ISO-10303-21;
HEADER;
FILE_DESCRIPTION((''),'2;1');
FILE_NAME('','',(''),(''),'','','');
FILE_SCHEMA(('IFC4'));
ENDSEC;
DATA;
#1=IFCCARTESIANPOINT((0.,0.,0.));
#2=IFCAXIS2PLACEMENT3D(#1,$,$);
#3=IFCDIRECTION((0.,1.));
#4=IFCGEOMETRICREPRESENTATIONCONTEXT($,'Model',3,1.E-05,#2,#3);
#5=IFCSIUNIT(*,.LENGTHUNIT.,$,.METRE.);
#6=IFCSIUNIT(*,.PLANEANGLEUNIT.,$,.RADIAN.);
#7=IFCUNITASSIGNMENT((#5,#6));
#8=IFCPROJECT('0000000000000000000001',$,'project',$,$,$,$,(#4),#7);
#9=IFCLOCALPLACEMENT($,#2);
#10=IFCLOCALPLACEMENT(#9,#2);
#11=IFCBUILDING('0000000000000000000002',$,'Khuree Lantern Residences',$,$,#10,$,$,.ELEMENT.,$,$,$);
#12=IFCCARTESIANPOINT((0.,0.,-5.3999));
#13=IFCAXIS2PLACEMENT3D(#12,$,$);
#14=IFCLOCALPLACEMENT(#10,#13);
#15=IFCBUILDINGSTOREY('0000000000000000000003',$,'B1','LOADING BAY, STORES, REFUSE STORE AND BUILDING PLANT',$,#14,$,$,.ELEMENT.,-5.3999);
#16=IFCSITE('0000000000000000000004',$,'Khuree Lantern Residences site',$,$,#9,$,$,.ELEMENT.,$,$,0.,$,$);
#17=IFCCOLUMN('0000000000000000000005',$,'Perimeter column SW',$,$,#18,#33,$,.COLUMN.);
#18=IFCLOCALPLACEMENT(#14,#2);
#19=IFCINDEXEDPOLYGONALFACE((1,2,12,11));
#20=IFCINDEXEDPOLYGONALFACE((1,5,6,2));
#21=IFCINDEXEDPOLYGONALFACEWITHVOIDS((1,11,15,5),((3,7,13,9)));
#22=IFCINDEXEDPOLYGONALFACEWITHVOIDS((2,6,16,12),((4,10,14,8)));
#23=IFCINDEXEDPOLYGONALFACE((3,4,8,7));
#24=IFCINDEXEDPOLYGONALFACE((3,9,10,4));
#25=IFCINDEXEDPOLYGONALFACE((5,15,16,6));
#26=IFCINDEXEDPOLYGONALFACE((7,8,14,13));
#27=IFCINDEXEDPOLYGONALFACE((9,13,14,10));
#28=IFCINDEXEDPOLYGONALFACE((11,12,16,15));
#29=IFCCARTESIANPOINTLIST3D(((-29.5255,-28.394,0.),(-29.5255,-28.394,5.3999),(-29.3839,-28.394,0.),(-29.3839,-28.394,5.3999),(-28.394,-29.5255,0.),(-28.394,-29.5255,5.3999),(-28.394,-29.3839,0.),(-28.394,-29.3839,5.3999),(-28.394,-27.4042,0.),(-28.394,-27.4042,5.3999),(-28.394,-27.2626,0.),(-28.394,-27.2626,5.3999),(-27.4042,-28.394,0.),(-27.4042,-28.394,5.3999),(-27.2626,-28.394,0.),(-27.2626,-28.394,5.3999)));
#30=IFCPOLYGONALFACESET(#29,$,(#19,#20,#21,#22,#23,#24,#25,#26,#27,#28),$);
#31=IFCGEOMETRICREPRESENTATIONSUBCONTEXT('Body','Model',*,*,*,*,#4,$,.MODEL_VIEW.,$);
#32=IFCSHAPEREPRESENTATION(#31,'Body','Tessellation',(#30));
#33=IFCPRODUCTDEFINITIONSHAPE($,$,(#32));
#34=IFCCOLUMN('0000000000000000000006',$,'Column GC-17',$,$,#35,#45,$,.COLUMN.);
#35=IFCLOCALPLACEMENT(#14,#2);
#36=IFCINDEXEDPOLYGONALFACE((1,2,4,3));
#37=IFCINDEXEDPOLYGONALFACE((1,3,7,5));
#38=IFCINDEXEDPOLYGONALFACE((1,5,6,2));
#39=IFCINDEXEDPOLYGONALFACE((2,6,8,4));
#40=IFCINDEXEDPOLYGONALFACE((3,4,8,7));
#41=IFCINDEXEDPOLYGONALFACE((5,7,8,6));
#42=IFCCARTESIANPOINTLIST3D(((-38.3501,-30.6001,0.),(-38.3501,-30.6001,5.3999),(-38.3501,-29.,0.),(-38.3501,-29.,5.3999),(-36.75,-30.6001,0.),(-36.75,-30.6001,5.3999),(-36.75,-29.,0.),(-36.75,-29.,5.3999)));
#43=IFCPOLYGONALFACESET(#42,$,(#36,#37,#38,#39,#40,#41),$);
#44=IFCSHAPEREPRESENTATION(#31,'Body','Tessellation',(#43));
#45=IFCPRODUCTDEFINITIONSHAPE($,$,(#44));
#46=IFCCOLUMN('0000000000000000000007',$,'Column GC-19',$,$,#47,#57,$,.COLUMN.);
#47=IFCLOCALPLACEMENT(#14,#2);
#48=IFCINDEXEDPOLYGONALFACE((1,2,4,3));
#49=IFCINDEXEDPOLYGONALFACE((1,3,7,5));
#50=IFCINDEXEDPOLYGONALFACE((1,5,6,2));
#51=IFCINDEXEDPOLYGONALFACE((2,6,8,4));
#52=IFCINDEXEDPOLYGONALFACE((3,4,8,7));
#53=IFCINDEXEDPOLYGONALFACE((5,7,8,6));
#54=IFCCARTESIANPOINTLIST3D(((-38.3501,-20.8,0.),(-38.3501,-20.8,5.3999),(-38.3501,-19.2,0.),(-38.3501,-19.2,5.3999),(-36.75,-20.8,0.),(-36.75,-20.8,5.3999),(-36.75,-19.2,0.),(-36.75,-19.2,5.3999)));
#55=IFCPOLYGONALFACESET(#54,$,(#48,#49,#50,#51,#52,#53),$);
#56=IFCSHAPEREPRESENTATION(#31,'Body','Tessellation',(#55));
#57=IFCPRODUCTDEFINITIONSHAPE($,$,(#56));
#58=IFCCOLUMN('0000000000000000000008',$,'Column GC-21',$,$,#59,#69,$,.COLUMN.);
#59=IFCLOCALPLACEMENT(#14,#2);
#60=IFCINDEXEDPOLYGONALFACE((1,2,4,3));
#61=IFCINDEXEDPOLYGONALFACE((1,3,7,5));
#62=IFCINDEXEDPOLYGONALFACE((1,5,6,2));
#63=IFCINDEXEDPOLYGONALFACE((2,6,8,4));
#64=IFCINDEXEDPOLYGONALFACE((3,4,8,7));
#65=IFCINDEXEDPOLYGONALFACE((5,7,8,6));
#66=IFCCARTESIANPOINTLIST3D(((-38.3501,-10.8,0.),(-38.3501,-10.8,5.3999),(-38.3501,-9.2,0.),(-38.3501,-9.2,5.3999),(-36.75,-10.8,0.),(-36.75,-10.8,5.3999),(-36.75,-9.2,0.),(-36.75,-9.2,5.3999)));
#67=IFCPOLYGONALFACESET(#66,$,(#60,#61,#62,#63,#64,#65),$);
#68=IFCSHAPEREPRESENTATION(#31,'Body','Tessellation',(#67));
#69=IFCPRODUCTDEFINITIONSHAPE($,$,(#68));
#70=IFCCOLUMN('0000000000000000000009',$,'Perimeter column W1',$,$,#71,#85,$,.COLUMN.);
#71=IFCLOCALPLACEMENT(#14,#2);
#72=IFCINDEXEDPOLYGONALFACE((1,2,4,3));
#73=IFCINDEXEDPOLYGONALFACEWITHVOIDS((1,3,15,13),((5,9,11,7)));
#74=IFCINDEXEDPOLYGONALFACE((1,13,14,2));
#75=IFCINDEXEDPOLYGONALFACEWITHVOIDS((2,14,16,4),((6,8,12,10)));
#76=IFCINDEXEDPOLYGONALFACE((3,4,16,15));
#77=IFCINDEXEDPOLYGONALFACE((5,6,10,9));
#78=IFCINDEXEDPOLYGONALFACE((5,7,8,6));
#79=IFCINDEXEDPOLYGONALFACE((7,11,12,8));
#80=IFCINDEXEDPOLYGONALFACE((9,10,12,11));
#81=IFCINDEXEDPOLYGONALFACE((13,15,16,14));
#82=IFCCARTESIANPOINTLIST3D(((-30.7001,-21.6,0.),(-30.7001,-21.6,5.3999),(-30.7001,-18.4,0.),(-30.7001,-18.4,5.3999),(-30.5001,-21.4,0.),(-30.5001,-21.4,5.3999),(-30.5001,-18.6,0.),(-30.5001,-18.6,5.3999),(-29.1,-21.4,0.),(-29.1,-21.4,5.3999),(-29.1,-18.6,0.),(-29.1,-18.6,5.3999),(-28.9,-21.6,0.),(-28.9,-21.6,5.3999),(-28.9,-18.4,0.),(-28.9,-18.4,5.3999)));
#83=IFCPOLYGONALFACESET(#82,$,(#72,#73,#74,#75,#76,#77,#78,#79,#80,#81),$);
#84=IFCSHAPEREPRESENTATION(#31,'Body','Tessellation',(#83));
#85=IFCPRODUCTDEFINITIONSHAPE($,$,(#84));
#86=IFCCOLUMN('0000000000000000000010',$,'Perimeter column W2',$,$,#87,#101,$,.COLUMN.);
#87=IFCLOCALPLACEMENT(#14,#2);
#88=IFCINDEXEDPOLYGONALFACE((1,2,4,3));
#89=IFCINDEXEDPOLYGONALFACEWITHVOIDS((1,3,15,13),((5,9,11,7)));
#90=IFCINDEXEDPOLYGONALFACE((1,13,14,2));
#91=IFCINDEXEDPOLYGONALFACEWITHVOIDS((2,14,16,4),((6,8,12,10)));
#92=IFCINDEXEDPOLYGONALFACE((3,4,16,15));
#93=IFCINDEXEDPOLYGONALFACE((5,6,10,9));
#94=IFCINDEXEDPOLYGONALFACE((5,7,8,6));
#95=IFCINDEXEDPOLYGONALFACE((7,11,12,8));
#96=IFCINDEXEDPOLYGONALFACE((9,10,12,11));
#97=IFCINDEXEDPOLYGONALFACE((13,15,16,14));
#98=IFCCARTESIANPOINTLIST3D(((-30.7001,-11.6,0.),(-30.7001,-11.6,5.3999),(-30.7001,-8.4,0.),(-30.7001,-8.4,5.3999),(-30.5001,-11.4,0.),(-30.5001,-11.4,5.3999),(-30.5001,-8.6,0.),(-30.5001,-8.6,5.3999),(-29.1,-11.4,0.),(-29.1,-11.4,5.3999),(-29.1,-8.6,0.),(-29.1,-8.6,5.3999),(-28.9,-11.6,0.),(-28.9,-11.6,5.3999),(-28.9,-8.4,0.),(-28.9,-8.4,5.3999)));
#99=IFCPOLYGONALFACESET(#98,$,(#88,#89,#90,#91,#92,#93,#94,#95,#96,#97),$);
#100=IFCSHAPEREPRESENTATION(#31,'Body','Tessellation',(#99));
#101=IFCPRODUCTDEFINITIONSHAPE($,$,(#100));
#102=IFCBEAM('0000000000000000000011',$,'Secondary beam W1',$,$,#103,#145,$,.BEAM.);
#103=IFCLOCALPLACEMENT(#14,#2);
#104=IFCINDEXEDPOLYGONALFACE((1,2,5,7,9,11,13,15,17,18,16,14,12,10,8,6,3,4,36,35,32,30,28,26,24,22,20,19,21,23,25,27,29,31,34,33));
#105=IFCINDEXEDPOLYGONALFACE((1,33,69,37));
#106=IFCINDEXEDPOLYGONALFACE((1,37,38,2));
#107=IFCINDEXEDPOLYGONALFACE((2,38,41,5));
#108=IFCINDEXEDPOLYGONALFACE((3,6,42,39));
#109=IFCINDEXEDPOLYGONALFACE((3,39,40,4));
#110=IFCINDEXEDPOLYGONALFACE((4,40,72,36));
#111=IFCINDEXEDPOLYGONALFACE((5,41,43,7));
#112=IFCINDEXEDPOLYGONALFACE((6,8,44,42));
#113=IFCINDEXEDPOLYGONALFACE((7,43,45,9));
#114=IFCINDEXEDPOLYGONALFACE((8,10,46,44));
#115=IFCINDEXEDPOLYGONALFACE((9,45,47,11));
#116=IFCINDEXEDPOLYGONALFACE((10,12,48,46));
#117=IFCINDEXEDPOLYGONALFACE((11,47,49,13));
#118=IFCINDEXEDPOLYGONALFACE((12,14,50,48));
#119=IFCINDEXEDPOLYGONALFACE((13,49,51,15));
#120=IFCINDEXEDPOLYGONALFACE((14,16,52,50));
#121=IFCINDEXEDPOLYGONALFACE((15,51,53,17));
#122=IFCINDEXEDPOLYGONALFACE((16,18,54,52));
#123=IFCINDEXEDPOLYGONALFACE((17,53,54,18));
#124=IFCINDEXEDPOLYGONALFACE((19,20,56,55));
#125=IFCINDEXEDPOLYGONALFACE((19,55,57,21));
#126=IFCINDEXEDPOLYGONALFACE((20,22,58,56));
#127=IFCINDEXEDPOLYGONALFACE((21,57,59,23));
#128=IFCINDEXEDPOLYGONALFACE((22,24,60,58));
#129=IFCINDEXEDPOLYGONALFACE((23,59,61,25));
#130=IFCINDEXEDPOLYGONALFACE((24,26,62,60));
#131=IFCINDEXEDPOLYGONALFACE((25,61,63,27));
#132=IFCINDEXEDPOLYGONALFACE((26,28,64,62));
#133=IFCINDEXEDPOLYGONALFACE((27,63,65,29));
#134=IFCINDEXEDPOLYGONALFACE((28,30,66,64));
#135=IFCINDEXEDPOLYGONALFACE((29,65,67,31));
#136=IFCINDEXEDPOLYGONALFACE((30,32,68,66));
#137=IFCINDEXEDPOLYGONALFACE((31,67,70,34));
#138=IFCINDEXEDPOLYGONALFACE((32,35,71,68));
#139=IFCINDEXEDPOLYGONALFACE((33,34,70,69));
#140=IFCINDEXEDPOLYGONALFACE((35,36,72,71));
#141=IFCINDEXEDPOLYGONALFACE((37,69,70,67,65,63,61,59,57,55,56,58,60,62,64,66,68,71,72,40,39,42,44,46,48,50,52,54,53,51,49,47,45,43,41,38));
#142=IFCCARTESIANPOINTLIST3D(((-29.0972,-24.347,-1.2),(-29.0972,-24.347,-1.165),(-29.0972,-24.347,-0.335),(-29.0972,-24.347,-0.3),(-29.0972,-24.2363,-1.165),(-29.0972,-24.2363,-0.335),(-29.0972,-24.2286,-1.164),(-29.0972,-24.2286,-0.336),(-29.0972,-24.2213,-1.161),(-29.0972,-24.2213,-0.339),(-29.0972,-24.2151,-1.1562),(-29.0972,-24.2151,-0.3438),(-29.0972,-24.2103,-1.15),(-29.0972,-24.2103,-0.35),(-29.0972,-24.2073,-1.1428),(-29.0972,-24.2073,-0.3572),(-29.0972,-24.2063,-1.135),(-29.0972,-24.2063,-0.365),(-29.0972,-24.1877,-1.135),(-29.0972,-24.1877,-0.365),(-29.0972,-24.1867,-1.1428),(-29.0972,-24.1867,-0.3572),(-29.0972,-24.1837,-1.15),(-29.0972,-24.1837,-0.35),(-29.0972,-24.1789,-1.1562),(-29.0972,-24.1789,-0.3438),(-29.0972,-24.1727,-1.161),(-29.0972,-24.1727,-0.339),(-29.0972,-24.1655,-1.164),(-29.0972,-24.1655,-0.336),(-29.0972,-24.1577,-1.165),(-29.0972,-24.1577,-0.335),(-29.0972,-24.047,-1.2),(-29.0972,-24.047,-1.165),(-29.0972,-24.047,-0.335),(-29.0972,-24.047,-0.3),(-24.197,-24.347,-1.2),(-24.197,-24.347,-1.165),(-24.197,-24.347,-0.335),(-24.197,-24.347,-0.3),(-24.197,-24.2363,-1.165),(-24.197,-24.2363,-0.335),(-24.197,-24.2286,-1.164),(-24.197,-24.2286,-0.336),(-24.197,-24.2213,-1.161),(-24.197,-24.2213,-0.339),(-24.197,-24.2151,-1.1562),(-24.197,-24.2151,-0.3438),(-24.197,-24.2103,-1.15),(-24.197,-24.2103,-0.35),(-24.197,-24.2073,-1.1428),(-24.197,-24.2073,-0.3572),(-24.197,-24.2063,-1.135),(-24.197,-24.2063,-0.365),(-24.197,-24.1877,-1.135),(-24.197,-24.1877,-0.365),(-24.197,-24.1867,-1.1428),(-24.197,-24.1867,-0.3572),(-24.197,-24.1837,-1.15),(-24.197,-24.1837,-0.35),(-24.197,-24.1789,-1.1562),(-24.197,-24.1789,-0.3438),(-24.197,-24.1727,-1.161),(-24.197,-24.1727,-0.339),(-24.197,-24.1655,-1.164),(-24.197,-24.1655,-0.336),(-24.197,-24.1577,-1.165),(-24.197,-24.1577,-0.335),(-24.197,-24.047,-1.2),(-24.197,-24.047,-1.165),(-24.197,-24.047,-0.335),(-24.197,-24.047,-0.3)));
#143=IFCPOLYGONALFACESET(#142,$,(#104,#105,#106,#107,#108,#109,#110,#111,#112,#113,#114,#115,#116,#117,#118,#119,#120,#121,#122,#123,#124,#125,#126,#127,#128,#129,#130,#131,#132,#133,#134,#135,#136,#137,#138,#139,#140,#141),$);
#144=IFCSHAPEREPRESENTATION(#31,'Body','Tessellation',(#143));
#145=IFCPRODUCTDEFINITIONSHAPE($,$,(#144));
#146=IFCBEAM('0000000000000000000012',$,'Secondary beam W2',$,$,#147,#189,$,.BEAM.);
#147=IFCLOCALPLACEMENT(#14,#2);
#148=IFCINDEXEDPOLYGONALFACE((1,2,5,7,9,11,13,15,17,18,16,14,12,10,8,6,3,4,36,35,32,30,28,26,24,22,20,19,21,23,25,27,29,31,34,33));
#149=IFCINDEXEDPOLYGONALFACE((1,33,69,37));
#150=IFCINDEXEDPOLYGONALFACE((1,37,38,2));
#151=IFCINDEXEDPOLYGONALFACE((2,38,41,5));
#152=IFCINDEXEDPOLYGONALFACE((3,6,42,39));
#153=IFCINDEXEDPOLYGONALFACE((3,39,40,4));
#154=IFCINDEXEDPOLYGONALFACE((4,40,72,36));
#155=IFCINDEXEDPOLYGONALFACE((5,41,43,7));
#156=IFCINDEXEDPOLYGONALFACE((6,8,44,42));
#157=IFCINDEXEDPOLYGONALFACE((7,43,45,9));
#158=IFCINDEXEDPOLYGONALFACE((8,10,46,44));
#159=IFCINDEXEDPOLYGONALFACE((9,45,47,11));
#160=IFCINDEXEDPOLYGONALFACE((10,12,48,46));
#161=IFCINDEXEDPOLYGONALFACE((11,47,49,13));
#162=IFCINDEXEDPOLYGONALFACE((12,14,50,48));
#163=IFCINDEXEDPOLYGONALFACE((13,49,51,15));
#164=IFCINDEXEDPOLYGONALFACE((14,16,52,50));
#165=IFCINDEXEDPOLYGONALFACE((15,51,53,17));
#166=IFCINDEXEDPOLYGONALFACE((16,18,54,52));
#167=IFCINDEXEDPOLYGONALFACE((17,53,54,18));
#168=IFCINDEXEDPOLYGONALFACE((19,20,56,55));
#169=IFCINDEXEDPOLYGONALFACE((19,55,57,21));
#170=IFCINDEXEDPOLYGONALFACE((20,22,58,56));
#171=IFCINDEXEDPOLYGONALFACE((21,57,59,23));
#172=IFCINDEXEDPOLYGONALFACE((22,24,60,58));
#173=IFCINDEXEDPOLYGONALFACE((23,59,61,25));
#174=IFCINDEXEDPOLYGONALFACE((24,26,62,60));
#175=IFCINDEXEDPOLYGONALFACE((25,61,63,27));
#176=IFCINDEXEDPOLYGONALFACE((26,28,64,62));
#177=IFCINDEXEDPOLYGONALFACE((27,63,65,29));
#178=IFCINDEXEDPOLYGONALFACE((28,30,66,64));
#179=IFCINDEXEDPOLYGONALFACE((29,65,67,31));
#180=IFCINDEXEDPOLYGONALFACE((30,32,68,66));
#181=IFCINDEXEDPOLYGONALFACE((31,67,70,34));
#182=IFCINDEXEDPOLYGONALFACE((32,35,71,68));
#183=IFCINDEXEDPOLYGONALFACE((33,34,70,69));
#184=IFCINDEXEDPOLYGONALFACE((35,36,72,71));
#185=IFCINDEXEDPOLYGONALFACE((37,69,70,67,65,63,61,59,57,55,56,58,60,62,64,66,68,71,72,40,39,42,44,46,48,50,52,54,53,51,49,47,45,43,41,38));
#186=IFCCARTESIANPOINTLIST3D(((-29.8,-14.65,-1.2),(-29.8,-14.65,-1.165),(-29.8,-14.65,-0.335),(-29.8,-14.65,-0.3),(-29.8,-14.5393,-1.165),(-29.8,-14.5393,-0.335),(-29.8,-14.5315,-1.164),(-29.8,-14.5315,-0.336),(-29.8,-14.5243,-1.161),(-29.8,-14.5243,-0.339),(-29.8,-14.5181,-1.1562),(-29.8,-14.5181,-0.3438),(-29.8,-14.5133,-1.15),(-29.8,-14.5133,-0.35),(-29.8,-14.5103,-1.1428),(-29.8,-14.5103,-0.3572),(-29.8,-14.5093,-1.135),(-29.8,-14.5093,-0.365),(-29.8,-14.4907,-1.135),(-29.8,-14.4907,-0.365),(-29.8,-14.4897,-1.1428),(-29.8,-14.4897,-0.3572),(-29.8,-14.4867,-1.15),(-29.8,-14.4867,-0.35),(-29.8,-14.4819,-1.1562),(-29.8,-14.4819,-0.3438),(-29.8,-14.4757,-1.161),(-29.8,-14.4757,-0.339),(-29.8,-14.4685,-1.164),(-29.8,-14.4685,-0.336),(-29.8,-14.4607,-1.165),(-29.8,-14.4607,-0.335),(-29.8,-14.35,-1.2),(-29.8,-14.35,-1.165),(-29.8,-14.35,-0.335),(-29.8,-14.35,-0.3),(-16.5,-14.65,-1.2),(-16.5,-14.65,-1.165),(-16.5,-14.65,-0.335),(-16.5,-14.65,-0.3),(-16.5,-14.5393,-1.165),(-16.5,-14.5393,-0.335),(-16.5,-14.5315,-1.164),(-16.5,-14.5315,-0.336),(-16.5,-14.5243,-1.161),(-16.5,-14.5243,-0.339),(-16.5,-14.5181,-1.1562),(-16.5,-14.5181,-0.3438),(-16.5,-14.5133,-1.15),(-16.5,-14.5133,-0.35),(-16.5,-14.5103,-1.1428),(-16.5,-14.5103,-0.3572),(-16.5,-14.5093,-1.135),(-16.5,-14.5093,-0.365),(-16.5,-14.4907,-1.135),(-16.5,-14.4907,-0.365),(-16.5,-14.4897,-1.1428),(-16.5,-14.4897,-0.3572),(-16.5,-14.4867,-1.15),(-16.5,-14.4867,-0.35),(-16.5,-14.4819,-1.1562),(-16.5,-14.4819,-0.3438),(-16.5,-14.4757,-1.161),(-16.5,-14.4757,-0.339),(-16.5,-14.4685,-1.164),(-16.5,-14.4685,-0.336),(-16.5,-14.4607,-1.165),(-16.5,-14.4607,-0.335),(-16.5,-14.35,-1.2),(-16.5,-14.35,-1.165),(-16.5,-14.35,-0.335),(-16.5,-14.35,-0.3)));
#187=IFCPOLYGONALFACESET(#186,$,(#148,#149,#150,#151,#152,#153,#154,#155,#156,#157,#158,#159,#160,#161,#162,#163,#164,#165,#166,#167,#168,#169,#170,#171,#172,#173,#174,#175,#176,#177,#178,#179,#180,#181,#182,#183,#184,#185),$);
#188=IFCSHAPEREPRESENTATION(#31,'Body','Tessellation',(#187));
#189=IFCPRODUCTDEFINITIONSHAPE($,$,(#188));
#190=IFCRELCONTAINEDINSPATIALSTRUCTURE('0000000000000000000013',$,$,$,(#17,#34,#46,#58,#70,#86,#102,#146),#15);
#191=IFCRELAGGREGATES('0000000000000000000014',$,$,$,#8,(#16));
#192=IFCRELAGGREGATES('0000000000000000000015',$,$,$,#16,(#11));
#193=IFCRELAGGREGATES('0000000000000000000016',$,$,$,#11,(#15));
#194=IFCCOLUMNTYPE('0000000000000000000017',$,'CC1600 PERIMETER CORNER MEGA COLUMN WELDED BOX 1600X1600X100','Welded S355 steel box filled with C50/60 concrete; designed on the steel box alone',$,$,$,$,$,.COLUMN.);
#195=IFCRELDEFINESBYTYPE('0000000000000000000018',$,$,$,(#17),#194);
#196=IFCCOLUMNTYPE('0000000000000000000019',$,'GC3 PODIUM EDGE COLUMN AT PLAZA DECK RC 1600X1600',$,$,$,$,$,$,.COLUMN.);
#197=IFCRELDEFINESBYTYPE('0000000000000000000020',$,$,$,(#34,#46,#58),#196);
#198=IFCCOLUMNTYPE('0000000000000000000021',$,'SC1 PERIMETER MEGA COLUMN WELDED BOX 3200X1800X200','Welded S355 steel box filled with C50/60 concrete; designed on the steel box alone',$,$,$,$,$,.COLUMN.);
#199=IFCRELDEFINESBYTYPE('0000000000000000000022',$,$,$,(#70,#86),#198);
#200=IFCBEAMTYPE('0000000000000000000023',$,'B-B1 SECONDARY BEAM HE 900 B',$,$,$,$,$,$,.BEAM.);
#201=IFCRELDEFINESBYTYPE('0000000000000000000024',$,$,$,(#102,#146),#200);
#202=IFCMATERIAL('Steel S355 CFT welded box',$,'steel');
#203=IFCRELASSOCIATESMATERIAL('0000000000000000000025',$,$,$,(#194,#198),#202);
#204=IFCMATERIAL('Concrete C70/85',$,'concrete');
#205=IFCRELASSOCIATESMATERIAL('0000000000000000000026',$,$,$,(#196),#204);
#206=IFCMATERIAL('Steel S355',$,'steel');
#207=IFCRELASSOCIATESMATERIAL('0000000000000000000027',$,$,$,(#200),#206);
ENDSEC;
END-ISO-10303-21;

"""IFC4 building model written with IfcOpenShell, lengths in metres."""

from ifc_helpers import new_model, si_unit, direction, frame, origin, origin_2d, place, context, subcontext, project, spatial, rectangle, hollow_rectangle, i_section, extrude, material, material_profile, profile_set, type_object, element, save


model = new_model("IFC4")

# Units and contexts
model_context = context("Model", 3, precision=1e-05, world=origin(), true_north=direction((0.0, 1.0)))
body_context = subcontext(model_context, "Body", "Model", "MODEL_VIEW")
ifc_project = project(units=[si_unit("LENGTHUNIT", "METRE"), si_unit("PLANEANGLEUNIT", "RADIAN")], contexts=[model_context])

# Site, building, storey
site_placement = place(None, origin())
site = spatial("IfcSite", under=ifc_project, at=site_placement, Name="Khuree Lantern Residences site", CompositionType="ELEMENT", RefElevation=0.0)
building_placement = place(site_placement, origin())
building = spatial("IfcBuilding", under=site, at=building_placement, Name="Khuree Lantern Residences", CompositionType="ELEMENT")
storey_placement = place(building_placement, frame((0.0, 0.0, -5.3999)))
storey = spatial("IfcBuildingStorey", under=building, at=storey_placement, Name="B1", Description="LOADING BAY, STORES, REFUSE STORE AND BUILDING PLANT", CompositionType="ELEMENT", Elevation=-5.3999)

# Columns
ifc_material_1 = material(Name="Steel S355 CFT welded box", Category="steel")
ifc_material_profile_1 = material_profile(ifc_material_1, hollow_rectangle(XDim=1.6001, YDim=1.6001, WallThickness=0.1001, at=origin_2d()), Name="WELDED BOX 1600X1600X100")
ifc_profile_set_1 = profile_set([ifc_material_profile_1], Name="Steel S355 CFT welded box")
column_type_1 = type_object("IfcColumnType", Name="CC1600 PERIMETER CORNER MEGA COLUMN WELDED BOX 1600X1600X100", Description="Welded S355 steel box filled with C50/60 concrete; designed on the steel box alone", PredefinedType="COLUMN", material=ifc_profile_set_1)
column_placement = place(storey_placement, frame((-28.394, -28.394, 0.0), z_axis=(0.0, 0.0, 1.0), x_axis=(0.707107, -0.707107, 0.0)))
element("IfcColumn", 1, at=column_placement, inside=storey, type_object=column_type_1, Name="Perimeter column SW", PredefinedType="COLUMN", context=body_context, shape_type="SweptSolid", body=[
    extrude(hollow_rectangle(XDim=1.6001, YDim=1.6001, WallThickness=0.1001, at=origin_2d()), origin(), (0.0, 0.0, 1.0), 5.3999),
])
ifc_material_2 = material(Name="Concrete C70/85", Category="concrete")
ifc_material_profile_2 = material_profile(ifc_material_2, rectangle(XDim=1.6001, YDim=1.6001, at=origin_2d()), Name="RC 1600X1600")
ifc_profile_set_2 = profile_set([ifc_material_profile_2], Name="Concrete C70/85")
column_type_2 = type_object("IfcColumnType", Name="GC3 PODIUM EDGE COLUMN AT PLAZA DECK RC 1600X1600", PredefinedType="COLUMN", material=ifc_profile_set_2)
for number, where, z_axis, x_axis, name in (
    (2, (-37.55, -29.8, 0.0), (0.0, 0.0, 1.0), (1.0, 0.0, 0.0), "Column GC-17"),
    (3, (-37.55, -20.0, 0.0), (0.0, 0.0, 1.0), (1.0, 0.0, 0.0), "Column GC-19"),
    (4, (-37.55, -10.0, 0.0), (0.0, 0.0, 1.0), (1.0, 0.0, 0.0), "Column GC-21"),
):
    element("IfcColumn", number, at=place(storey_placement, frame(where, z_axis=z_axis, x_axis=x_axis)), inside=storey, type_object=column_type_2, Name=name, PredefinedType="COLUMN", context=body_context, shape_type="SweptSolid", body=[
        extrude(rectangle(XDim=1.6001, YDim=1.6001, at=origin_2d()), origin(), (0.0, 0.0, 1.0), 5.3999),
    ])
ifc_material_profile_3 = material_profile(ifc_material_1, hollow_rectangle(XDim=3.2, YDim=1.8, WallThickness=0.2, at=origin_2d()), Name="WELDED BOX 3200X1800X200")
ifc_profile_set_3 = profile_set([ifc_material_profile_3], Name="Steel S355 CFT welded box")
column_type_3 = type_object("IfcColumnType", Name="SC1 PERIMETER MEGA COLUMN WELDED BOX 3200X1800X200", Description="Welded S355 steel box filled with C50/60 concrete; designed on the steel box alone", PredefinedType="COLUMN", material=ifc_profile_set_3)
for number, where, z_axis, x_axis, name in (
    (5, (-29.8, -20.0, 0.0), (0.0, 0.0, 1.0), (0.0, 1.0, 0.0), "Perimeter column W1"),
    (6, (-29.8, -10.0, 0.0), (0.0, 0.0, 1.0), (0.0, 1.0, 0.0), "Perimeter column W2"),
):
    element("IfcColumn", number, at=place(storey_placement, frame(where, z_axis=z_axis, x_axis=x_axis)), inside=storey, type_object=column_type_3, Name=name, PredefinedType="COLUMN", context=body_context, shape_type="SweptSolid", body=[
        extrude(hollow_rectangle(XDim=3.2, YDim=1.8, WallThickness=0.2, at=origin_2d()), origin(), (0.0, 0.0, 1.0), 5.3999),
    ])

# Beams
ifc_material_3 = material(Name="Steel S355", Category="steel")
ifc_material_profile_4 = material_profile(ifc_material_3, i_section(OverallWidth=0.3, OverallDepth=0.8999, WebThickness=0.0186, FlangeThickness=0.0349, FilletRadius=0.03, at=origin_2d()), Name="HE 900 B")
ifc_profile_set_4 = profile_set([ifc_material_profile_4], Name="Steel S355")
beam_type_1 = type_object("IfcBeamType", Name="B-B1 SECONDARY BEAM HE 900 B", PredefinedType="BEAM", material=ifc_profile_set_4)
beam_1_placement = place(storey_placement, frame((-29.0972, -24.197, -0.75), z_axis=(1.0, 0.0, 0.0), x_axis=(0.0, 1.0, 0.0)))
element("IfcBeam", 7, at=beam_1_placement, inside=storey, type_object=beam_type_1, Name="Secondary beam W1", PredefinedType="BEAM", context=body_context, shape_type="SweptSolid", body=[
    extrude(i_section(OverallWidth=0.3, OverallDepth=0.8999, WebThickness=0.0186, FlangeThickness=0.0349, FilletRadius=0.03, at=origin_2d()), origin(), (0.0, 0.0, 1.0), 4.9001),
])
for number, where, z_axis, x_axis, name in (
    (8, (-29.8, -14.5, -0.75), (1.0, 0.0, 0.0), (0.0, 1.0, 0.0), "Secondary beam W2"),
):
    element("IfcBeam", number, at=place(storey_placement, frame(where, z_axis=z_axis, x_axis=x_axis)), inside=storey, type_object=beam_type_1, Name=name, PredefinedType="BEAM", context=body_context, shape_type="SweptSolid", body=[
        extrude(i_section(OverallWidth=0.3, OverallDepth=0.8999, WebThickness=0.0186, FlangeThickness=0.0349, FilletRadius=0.03, at=origin_2d()), origin(), (0.0, 0.0, 1.0), 13.3),
    ])

save(model, "model.ifc")
